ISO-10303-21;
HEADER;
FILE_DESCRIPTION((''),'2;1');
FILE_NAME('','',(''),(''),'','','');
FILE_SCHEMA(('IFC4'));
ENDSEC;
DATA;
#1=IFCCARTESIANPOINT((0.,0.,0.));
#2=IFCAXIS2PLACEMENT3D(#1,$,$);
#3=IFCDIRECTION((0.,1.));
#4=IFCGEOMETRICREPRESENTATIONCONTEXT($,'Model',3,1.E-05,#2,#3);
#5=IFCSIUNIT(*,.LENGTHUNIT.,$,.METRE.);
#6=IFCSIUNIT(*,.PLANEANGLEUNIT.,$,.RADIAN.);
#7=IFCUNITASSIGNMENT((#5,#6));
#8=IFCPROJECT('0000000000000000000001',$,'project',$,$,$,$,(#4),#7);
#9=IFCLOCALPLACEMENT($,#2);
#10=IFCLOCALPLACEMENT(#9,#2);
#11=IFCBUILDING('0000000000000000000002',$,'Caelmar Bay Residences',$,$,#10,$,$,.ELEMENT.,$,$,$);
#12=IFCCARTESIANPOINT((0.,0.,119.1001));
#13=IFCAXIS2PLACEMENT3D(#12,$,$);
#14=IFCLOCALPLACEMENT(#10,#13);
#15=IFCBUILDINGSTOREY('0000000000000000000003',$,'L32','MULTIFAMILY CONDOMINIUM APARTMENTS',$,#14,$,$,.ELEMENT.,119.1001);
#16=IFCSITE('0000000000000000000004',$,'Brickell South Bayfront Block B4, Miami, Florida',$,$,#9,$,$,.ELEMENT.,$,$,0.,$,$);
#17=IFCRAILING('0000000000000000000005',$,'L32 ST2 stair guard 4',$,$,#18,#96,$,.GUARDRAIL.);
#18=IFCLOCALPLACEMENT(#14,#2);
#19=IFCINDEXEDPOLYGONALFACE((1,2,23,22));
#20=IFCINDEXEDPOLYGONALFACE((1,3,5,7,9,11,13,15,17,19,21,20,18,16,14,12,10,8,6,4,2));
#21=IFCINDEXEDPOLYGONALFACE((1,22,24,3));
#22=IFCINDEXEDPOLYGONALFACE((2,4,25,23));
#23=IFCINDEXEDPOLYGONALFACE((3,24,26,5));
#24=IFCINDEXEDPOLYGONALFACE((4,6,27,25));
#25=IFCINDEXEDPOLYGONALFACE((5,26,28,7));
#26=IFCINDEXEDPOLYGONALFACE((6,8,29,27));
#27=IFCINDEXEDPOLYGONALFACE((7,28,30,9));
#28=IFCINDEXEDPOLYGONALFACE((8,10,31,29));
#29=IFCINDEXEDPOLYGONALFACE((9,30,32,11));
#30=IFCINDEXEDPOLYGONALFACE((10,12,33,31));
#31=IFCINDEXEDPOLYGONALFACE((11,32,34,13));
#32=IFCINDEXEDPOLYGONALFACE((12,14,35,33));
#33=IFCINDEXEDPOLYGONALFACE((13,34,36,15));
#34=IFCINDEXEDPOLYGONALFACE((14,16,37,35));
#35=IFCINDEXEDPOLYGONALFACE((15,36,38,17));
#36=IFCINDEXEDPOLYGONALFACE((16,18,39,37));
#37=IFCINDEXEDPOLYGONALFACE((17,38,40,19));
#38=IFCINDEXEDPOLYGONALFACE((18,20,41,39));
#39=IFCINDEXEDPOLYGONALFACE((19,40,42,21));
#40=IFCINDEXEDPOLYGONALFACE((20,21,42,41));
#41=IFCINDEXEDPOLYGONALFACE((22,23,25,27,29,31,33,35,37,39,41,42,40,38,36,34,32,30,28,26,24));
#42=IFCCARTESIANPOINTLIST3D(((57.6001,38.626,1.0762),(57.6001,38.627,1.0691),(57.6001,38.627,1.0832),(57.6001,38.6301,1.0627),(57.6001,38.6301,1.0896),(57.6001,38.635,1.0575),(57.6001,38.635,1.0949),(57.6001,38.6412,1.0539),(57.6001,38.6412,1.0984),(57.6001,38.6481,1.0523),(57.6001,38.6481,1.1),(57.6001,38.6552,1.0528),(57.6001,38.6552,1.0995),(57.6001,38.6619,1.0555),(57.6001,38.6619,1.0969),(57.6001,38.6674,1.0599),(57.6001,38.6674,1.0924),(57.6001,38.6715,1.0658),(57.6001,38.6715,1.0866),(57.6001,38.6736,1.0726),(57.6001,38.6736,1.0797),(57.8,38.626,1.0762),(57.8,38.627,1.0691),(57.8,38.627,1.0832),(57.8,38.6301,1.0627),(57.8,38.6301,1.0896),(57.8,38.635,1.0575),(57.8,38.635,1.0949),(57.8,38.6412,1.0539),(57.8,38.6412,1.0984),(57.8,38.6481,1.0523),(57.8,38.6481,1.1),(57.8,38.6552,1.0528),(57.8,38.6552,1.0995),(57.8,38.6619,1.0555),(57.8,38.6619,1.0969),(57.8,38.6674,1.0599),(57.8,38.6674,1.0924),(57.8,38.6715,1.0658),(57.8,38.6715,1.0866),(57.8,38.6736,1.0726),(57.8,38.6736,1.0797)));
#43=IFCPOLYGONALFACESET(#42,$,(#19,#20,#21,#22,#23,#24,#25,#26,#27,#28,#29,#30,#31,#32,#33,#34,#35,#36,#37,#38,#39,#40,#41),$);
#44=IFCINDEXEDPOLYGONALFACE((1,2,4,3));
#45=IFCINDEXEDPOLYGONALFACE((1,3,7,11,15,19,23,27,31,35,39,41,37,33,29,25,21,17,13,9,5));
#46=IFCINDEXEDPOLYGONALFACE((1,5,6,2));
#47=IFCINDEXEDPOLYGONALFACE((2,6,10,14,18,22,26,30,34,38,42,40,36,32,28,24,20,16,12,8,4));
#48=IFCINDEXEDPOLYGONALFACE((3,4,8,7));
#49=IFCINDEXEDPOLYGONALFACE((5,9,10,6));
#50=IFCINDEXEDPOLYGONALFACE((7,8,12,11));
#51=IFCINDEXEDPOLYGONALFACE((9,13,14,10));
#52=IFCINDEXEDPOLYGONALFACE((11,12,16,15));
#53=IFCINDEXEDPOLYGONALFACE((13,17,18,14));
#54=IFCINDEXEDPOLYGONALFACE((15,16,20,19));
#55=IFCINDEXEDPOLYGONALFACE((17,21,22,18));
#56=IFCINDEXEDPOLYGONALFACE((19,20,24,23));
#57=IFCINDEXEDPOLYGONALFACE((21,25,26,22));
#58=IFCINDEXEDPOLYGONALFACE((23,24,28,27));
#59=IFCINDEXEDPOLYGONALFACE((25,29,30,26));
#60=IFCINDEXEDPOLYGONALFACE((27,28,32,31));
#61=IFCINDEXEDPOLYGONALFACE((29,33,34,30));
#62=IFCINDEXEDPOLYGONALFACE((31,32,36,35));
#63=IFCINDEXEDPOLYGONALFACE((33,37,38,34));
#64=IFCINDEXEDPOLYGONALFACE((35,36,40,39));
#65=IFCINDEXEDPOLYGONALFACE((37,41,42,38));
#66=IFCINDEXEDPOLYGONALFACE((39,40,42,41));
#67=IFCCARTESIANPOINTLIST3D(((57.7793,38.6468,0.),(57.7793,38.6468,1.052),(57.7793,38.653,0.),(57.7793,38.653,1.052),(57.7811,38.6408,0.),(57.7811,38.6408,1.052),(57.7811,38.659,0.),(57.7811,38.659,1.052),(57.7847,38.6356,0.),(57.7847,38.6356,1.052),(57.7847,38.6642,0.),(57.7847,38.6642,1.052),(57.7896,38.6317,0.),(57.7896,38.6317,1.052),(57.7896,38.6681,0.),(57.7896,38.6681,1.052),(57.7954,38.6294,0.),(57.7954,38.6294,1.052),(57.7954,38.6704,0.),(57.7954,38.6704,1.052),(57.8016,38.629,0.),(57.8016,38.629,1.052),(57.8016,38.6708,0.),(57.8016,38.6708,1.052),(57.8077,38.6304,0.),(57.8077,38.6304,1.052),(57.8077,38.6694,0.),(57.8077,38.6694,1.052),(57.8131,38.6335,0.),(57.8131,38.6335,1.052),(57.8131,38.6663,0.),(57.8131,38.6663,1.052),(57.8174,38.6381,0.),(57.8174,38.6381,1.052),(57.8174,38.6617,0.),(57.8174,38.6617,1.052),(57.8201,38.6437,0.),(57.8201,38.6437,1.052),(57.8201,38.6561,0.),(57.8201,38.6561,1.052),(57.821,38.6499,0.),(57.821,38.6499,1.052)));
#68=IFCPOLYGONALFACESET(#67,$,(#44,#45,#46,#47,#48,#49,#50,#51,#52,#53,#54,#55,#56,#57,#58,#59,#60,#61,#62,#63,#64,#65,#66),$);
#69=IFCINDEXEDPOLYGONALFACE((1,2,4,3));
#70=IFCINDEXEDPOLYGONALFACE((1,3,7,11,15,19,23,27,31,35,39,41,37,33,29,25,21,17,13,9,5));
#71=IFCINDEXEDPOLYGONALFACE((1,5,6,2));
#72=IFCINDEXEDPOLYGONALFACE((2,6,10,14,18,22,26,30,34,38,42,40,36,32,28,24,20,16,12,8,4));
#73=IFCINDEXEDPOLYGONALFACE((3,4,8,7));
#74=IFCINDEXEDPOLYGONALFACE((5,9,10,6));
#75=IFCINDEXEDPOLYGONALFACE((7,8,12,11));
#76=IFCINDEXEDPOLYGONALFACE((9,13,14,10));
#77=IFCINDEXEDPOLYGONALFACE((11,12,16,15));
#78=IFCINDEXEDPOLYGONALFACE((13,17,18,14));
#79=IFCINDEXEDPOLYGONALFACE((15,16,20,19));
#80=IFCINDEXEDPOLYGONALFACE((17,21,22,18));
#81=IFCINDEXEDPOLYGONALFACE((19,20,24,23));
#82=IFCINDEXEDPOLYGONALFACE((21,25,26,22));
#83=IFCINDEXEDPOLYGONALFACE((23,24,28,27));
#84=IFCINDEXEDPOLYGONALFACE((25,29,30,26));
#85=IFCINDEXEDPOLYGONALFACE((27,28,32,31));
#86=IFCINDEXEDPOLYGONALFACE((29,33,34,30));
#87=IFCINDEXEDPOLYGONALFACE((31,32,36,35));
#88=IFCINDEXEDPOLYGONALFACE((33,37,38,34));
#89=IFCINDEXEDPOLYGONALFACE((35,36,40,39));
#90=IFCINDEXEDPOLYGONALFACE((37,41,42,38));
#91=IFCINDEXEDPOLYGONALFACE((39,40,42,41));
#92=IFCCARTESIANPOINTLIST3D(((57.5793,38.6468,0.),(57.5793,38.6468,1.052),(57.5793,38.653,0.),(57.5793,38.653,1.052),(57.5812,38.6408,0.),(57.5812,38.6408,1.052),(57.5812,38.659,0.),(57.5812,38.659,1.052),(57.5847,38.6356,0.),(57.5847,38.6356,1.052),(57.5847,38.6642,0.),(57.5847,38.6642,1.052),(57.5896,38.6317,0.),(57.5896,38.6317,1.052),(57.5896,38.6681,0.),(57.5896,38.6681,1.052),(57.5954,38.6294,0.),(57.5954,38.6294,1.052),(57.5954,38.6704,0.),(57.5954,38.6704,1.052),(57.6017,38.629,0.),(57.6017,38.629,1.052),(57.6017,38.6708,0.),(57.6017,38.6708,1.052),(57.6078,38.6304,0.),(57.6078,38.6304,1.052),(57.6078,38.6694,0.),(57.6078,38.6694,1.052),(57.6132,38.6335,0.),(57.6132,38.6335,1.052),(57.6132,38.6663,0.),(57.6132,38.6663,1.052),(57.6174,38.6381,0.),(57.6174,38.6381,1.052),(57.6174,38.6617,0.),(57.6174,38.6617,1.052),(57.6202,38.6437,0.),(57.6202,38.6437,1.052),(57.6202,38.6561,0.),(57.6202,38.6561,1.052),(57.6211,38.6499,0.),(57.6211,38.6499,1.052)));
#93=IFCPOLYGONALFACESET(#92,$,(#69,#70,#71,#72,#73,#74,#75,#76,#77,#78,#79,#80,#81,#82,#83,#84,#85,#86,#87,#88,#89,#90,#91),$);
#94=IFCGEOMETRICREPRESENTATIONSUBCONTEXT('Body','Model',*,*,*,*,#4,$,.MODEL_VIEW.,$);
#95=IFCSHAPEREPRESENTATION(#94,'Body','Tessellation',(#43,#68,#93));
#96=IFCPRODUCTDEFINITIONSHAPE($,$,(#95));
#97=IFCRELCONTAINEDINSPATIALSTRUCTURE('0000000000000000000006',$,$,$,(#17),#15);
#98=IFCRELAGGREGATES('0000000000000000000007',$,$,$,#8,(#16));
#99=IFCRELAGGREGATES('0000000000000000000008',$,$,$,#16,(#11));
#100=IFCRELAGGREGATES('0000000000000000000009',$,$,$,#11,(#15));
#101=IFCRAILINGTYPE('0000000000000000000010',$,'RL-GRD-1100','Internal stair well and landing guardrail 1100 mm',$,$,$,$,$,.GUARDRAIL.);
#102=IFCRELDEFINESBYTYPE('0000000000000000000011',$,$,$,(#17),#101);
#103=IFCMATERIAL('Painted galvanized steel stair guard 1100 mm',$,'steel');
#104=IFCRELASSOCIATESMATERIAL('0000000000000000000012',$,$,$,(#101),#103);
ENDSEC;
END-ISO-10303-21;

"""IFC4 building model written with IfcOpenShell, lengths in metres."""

from ifc_helpers import new_model, si_unit, direction, frame, origin, origin_2d, place, context, subcontext, project, spatial, circle, extrude, material, type_object, element, save


model = new_model("IFC4")

# Units and contexts
model_context = context("Model", 3, precision=1e-05, world=origin(), true_north=direction((0.0, 1.0)))
body_context = subcontext(model_context, "Body", "Model", "MODEL_VIEW")
ifc_project = project(units=[si_unit("LENGTHUNIT", "METRE"), si_unit("PLANEANGLEUNIT", "RADIAN")], contexts=[model_context])

# Site, building, storey
site_placement = place(None, origin())
site = spatial("IfcSite", under=ifc_project, at=site_placement, Name="Brickell South Bayfront Block B4, Miami, Florida", CompositionType="ELEMENT", RefElevation=0.0)
building_placement = place(site_placement, origin())
building = spatial("IfcBuilding", under=site, at=building_placement, Name="Caelmar Bay Residences", CompositionType="ELEMENT")
storey_placement = place(building_placement, frame((0.0, 0.0, 119.1001)))
storey = spatial("IfcBuildingStorey", under=building, at=storey_placement, Name="L32", Description="MULTIFAMILY CONDOMINIUM APARTMENTS", CompositionType="ELEMENT", Elevation=119.1001)

# Railing
ifc_material_1 = material(Name="Painted galvanized steel stair guard 1100 mm", Category="steel")
railing_type_1 = type_object("IfcRailingType", Name="RL-GRD-1100", Description="Internal stair well and landing guardrail 1100 mm", PredefinedType="GUARDRAIL", material=ifc_material_1)
railing_1_placement = place(storey_placement, frame((57.8, 38.6499, 0.0)))
element("IfcRailing", 1, at=railing_1_placement, inside=storey, type_object=railing_type_1, Name="L32 ST2 stair guard 4", PredefinedType="GUARDRAIL", context=body_context, shape_type="SweptSolid", body=[
    extrude(circle(Radius=0.0239, at=origin_2d()), frame((0.0, 0.0, 1.0762), z_axis=(-1.0, 0.0, 0.0), x_axis=(0.0, -1.0, 0.0)), (0.0, 0.0, 1.0), 0.2),
    extrude(circle(Radius=0.021, at=origin_2d()), origin(), (0.0, 0.0, 1.0), 1.052),
    extrude(circle(Radius=0.021, at=origin_2d()), frame((-0.2, 0.0, 0.0)), (0.0, 0.0, 1.0), 1.052),
])

save(model, "model.ifc")
